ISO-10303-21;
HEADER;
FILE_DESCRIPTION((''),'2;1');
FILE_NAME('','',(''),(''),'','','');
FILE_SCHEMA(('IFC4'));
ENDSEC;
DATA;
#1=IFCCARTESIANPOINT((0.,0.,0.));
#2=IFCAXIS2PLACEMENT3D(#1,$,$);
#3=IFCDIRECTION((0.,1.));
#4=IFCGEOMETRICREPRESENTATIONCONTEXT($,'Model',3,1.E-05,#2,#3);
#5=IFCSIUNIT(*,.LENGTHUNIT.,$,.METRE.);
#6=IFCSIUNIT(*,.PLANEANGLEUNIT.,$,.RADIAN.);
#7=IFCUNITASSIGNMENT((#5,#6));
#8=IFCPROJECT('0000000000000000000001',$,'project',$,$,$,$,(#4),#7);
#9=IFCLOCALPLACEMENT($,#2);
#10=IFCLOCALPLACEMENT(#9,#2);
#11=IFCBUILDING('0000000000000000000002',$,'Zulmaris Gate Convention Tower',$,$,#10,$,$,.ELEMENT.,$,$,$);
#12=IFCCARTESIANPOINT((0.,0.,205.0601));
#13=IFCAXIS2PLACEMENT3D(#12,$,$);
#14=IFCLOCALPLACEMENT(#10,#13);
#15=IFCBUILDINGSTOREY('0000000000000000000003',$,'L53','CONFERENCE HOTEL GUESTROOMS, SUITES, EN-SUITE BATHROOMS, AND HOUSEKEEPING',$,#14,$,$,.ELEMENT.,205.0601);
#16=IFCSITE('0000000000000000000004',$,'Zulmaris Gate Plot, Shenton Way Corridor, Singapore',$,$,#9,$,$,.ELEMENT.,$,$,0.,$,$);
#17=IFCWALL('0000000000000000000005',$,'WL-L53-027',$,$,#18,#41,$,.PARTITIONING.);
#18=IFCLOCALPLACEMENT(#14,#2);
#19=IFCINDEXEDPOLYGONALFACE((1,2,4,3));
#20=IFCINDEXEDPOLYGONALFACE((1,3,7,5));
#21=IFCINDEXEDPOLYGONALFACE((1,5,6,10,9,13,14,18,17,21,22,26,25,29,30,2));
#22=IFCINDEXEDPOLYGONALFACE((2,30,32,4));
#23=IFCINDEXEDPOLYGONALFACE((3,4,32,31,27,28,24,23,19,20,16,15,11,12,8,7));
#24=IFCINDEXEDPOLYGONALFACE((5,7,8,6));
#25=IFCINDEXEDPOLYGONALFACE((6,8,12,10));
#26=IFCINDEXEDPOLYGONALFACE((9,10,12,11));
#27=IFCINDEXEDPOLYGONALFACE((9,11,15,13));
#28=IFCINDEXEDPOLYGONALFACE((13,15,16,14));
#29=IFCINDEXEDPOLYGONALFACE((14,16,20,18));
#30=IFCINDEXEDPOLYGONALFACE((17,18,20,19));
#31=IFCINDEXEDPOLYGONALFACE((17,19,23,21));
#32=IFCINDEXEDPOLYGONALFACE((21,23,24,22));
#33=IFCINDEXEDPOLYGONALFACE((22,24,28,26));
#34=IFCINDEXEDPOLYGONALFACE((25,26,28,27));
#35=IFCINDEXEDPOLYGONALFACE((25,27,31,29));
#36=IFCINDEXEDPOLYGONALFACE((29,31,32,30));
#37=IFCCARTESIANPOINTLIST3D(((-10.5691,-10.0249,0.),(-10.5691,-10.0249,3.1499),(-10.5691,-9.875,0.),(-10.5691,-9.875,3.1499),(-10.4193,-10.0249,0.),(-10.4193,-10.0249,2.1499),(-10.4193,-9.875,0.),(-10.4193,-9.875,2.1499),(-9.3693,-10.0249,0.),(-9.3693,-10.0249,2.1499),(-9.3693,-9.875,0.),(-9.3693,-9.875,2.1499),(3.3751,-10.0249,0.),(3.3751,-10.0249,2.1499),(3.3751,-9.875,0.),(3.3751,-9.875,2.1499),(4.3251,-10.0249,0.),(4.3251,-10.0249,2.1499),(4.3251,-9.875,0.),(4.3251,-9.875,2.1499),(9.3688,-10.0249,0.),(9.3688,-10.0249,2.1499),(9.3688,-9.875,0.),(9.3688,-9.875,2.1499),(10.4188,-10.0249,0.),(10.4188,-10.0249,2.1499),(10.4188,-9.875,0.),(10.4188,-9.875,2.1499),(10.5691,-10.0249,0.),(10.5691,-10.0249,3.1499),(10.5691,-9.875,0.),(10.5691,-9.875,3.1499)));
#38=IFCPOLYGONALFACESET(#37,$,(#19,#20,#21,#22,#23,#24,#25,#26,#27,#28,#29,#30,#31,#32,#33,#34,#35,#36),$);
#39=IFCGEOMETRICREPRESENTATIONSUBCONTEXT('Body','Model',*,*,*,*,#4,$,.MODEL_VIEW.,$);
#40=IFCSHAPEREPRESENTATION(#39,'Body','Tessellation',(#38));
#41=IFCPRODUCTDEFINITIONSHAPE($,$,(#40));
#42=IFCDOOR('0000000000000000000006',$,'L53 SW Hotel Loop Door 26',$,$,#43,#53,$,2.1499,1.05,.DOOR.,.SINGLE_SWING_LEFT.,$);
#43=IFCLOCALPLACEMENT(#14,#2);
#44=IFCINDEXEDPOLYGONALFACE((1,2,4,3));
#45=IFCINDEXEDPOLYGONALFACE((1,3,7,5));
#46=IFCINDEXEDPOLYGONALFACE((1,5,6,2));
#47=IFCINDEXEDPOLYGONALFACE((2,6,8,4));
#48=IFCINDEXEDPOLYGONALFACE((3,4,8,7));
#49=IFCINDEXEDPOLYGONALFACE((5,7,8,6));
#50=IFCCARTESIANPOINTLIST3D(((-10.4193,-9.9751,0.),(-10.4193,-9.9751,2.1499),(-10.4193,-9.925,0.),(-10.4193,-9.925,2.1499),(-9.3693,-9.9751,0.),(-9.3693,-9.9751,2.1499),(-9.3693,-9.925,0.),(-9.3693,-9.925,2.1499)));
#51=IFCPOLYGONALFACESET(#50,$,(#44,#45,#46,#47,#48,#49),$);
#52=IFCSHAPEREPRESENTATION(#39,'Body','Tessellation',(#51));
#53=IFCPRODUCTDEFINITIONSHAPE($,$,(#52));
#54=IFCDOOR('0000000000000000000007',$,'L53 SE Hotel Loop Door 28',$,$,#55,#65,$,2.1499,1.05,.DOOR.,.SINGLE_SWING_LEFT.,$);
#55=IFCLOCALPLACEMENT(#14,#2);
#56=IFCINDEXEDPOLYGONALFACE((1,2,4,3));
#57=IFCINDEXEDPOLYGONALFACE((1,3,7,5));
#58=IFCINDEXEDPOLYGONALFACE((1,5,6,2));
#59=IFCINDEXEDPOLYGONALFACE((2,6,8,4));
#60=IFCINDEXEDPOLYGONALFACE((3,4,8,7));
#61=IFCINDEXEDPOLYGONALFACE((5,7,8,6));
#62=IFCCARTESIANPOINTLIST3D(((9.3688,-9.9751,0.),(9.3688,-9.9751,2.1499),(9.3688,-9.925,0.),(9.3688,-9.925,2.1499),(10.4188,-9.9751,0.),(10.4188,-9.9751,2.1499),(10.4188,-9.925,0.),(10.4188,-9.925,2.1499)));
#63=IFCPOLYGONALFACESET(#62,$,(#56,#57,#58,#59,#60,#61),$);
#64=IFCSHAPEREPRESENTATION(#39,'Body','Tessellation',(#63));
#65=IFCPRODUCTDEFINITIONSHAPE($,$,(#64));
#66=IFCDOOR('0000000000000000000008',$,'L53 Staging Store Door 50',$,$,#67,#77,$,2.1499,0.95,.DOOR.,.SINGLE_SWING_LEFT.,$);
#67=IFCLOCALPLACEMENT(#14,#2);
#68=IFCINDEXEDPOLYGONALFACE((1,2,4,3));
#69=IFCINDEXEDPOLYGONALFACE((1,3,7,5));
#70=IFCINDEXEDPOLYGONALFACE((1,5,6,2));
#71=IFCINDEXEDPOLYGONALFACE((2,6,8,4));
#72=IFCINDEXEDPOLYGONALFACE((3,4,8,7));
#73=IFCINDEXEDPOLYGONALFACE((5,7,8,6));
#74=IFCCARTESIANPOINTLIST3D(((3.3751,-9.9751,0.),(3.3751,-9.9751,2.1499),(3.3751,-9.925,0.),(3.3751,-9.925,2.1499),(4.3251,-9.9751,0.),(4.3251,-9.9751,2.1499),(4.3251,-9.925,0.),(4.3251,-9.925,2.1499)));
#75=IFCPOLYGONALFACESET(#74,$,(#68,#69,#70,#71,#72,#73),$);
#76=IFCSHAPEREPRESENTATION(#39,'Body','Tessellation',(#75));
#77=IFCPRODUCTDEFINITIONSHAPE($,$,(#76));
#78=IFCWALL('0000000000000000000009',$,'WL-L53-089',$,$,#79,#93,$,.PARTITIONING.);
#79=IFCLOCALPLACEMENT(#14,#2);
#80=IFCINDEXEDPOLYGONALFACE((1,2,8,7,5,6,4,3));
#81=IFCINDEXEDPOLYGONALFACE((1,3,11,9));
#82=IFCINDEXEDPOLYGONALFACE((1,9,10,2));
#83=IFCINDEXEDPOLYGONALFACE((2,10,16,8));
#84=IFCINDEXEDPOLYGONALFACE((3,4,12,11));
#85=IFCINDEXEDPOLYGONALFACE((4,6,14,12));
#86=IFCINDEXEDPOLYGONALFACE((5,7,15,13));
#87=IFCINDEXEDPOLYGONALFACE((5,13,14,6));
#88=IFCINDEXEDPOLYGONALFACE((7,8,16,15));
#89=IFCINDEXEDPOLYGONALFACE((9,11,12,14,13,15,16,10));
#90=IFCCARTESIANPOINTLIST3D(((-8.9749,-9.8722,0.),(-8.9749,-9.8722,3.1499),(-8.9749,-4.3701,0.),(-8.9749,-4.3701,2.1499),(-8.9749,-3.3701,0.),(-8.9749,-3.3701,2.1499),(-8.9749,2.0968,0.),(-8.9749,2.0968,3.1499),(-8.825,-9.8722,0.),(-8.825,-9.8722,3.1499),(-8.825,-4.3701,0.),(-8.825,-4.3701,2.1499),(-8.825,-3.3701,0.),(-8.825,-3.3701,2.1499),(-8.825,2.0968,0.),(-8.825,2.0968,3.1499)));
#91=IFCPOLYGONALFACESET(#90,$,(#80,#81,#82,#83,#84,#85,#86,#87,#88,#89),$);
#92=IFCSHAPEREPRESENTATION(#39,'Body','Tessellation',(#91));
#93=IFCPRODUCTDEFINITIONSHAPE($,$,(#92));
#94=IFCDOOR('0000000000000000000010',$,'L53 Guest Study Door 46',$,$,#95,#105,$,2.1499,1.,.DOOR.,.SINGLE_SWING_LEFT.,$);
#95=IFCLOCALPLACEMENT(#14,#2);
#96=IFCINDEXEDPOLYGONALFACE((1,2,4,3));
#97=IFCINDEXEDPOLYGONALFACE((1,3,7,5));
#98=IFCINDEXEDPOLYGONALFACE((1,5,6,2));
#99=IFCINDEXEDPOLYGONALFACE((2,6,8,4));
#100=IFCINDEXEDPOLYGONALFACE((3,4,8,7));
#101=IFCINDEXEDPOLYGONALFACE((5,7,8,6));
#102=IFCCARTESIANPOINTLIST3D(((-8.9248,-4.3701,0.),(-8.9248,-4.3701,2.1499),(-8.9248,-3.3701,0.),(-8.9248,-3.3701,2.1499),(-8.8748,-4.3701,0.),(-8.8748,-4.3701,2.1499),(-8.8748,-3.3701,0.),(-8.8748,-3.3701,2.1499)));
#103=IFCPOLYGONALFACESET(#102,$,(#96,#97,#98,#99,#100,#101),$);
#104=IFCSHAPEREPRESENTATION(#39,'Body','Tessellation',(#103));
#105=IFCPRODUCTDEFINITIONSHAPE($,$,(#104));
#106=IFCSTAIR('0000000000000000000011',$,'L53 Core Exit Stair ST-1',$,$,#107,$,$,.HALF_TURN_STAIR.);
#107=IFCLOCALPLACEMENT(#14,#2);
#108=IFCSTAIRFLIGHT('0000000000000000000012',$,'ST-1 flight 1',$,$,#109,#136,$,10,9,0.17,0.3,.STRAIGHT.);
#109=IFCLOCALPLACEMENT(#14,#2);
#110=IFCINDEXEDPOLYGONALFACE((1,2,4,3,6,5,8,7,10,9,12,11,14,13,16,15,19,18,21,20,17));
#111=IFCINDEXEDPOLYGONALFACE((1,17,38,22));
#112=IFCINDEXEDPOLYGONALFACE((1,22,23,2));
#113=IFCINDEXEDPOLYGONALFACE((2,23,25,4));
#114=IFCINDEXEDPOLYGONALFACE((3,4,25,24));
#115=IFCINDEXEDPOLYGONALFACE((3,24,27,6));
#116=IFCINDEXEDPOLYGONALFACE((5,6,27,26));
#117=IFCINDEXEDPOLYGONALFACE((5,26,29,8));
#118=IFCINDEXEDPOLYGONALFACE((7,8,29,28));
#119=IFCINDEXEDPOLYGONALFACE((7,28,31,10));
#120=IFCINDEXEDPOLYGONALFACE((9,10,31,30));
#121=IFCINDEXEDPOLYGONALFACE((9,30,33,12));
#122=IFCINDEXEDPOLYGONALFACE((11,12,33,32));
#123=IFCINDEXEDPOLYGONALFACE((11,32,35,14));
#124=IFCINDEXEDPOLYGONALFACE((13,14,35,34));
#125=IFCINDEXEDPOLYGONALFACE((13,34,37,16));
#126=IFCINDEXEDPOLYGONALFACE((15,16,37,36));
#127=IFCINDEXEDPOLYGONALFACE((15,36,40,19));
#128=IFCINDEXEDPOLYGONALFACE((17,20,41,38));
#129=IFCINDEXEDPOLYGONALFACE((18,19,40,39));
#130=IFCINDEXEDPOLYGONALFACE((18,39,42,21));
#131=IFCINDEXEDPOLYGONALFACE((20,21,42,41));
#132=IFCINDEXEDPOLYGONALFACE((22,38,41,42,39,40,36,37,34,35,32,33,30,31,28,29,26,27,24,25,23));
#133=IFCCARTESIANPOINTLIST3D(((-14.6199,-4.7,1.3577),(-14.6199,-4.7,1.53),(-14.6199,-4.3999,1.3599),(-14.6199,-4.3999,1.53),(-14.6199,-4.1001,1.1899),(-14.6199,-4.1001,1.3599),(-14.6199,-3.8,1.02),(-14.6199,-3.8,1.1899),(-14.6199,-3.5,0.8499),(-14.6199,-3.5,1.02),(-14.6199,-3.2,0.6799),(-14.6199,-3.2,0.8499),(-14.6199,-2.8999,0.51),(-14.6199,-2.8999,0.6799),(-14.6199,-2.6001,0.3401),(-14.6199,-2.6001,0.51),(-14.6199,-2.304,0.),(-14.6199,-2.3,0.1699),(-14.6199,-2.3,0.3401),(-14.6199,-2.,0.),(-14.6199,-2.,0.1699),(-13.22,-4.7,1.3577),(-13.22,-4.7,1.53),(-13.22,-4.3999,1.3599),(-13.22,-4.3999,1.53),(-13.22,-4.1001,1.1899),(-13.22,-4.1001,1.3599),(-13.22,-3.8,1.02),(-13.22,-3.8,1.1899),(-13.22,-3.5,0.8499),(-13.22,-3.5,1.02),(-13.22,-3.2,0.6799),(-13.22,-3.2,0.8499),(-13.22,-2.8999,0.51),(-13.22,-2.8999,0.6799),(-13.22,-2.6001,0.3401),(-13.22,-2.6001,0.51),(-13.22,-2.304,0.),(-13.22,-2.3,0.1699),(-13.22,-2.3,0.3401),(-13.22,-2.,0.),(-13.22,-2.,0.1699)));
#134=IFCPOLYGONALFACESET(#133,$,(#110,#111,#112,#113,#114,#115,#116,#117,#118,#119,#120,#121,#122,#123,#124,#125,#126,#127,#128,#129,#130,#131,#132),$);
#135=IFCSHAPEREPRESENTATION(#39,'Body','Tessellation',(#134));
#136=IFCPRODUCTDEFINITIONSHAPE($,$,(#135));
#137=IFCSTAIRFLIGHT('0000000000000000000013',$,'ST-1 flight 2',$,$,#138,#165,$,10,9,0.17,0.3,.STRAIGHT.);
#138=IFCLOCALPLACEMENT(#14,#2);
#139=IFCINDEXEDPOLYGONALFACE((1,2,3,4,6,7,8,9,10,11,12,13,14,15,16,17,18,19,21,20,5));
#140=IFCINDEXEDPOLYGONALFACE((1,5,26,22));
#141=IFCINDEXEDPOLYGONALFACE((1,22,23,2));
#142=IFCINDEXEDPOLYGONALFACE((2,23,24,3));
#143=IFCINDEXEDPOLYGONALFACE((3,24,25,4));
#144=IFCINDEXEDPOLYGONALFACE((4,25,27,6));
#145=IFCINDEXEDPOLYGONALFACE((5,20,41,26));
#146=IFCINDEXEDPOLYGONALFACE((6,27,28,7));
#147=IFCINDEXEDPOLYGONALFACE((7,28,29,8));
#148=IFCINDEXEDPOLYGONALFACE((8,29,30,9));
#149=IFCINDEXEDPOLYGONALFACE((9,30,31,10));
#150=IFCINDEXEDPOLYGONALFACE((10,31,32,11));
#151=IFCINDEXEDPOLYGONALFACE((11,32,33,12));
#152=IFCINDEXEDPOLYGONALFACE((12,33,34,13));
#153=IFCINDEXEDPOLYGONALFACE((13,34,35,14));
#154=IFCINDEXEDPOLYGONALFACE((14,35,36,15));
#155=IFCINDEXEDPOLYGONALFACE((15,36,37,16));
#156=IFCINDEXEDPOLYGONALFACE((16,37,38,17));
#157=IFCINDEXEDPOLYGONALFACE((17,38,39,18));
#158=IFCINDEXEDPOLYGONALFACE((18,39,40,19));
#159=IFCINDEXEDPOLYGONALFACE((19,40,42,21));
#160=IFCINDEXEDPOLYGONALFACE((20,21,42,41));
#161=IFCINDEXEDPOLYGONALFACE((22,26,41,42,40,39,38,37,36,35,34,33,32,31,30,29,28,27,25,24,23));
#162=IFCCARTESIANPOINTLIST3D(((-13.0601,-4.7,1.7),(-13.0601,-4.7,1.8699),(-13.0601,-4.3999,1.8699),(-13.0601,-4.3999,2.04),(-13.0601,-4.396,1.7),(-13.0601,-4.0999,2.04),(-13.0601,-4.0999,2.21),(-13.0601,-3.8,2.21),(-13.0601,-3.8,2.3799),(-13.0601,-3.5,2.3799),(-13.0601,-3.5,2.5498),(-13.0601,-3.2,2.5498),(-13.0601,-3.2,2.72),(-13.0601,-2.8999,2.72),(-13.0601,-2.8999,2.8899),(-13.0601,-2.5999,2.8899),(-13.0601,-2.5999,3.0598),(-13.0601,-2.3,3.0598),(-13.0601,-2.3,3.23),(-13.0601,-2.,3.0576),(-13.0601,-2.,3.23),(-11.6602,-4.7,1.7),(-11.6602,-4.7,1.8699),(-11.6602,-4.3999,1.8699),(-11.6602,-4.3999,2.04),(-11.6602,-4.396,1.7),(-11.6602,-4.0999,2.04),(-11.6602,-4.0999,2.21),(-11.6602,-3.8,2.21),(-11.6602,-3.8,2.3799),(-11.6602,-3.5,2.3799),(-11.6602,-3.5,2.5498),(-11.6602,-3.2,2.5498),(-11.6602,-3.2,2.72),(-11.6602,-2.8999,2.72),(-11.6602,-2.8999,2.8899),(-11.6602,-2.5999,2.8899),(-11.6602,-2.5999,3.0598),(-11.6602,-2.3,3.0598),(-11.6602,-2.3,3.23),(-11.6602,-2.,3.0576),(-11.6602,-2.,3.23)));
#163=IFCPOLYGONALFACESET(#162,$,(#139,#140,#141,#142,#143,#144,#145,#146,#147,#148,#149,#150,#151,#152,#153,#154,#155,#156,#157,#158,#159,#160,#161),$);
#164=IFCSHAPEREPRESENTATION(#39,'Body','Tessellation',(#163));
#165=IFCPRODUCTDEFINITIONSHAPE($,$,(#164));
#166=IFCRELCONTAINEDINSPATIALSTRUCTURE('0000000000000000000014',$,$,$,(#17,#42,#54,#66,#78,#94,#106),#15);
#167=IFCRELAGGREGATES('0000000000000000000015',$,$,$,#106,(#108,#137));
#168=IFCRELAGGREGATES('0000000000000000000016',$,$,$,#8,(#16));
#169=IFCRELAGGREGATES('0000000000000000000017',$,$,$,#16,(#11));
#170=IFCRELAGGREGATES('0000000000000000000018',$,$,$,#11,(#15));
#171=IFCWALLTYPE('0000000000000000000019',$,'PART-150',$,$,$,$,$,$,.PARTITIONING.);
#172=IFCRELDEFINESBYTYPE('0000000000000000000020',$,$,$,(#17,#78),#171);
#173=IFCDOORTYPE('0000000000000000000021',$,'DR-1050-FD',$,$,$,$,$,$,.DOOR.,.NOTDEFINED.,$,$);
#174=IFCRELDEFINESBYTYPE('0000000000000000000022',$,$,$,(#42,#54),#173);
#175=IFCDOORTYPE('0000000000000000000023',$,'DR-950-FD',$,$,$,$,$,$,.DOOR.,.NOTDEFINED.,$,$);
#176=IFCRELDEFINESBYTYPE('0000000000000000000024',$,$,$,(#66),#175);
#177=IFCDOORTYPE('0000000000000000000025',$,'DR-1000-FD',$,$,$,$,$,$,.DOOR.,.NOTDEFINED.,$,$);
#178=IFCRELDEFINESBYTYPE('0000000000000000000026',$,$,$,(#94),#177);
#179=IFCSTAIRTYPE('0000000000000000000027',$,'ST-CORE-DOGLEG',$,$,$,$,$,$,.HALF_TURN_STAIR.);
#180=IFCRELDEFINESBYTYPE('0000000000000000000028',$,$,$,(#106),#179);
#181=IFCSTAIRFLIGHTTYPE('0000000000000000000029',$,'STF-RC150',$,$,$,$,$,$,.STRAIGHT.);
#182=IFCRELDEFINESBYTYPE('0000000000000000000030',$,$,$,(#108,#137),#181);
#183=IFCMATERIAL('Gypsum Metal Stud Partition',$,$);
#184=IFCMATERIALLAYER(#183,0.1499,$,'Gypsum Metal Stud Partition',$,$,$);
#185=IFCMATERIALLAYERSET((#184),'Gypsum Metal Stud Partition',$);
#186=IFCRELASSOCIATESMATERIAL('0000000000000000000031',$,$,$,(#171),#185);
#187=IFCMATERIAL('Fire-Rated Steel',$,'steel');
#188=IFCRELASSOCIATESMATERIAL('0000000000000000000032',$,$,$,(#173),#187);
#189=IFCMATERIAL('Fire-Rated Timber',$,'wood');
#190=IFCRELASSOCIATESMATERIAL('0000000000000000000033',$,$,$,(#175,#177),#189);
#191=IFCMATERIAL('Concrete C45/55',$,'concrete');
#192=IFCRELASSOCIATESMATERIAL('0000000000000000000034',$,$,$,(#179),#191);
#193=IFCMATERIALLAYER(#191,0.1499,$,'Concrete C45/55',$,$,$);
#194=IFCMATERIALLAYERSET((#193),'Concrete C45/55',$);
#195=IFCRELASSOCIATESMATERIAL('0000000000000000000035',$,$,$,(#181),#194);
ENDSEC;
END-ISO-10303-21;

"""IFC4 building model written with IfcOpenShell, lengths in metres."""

from ifc_helpers import new_model, si_unit, direction, frame, frame_2d, origin, place, context, subcontext, project, spatial, polyline, rectangle, outline, extrude, material, layer, layer_set, type_object, element, fill, aggregate, save


model = new_model("IFC4")

# Units and contexts
model_context = context("Model", 3, precision=1e-05, world=origin(), true_north=direction((0.0, 1.0)))
body_context = subcontext(model_context, "Body", "Model", "MODEL_VIEW")
ifc_project = project(units=[si_unit("LENGTHUNIT", "METRE"), si_unit("PLANEANGLEUNIT", "RADIAN")], contexts=[model_context])

# Site, building, storey
site_placement = place(None, origin())
site = spatial("IfcSite", under=ifc_project, at=site_placement, Name="Zulmaris Gate Plot, Shenton Way Corridor, Singapore", CompositionType="ELEMENT", RefElevation=0.0)
building_placement = place(site_placement, origin())
building = spatial("IfcBuilding", under=site, at=building_placement, Name="Zulmaris Gate Convention Tower", CompositionType="ELEMENT")
storey_placement = place(building_placement, frame((0.0, 0.0, 205.0601)))
storey = spatial("IfcBuildingStorey", under=building, at=storey_placement, Name="L53", Description="CONFERENCE HOTEL GUESTROOMS, SUITES, EN-SUITE BATHROOMS, AND HOUSEKEEPING", CompositionType="ELEMENT", Elevation=205.0601)

# Wall, openings, doors
ifc_material_1 = material(Name="Gypsum Metal Stud Partition")
ifc_layer_1 = layer(ifc_material_1, 0.1499, Name="Gypsum Metal Stud Partition")
ifc_layer_set_1 = layer_set([ifc_layer_1], Name="Gypsum Metal Stud Partition")
wall_type_1 = type_object("IfcWallType", Name="PART-150", PredefinedType="PARTITIONING", material=ifc_layer_set_1)
wall_1_placement = place(storey_placement, frame((-10.5691, -9.95, 0.0), z_axis=(0.0, 0.0, 1.0), x_axis=(1.0, 0.0, 0.0)))
wall_1 = element("IfcWall", 1, at=wall_1_placement, inside=storey, type_object=wall_type_1, Name="WL-L53-027", PredefinedType="PARTITIONING", context=body_context, shape_type="SweptSolid", body=[
    extrude(rectangle(XDim=21.1382, YDim=0.1499, at=frame_2d((10.5691, 0.0))), origin(), (0.0, 0.0, 1.0), 3.1499),
])
opening_1_placement = place(wall_1_placement, frame((0.1499, 0.0, 0.0)))
opening_1 = element("IfcOpeningElement", 2, at=opening_1_placement, cuts=wall_1, PredefinedType="OPENING", context=body_context, shape_type="SweptSolid", body=[
    extrude(rectangle(XDim=1.05, YDim=2.1499, at=frame_2d((0.5249, 1.075))), frame((0.0, 0.085, 0.0), z_axis=(0.0, -1.0, 0.0), x_axis=(1.0, 0.0, 0.0)), (0.0, 0.0, 1.0), 0.1699),
])
opening_2_placement = place(wall_1_placement, frame((19.938, 0.0, 0.0)))
opening_2 = element("IfcOpeningElement", 3, at=opening_2_placement, cuts=wall_1, PredefinedType="OPENING", context=body_context, shape_type="SweptSolid", body=[
    extrude(rectangle(XDim=1.05, YDim=2.1499, at=frame_2d((0.5249, 1.075))), frame((0.0, 0.085, 0.0), z_axis=(0.0, -1.0, 0.0), x_axis=(1.0, 0.0, 0.0)), (0.0, 0.0, 1.0), 0.1699),
])
opening_3_placement = place(wall_1_placement, frame((13.9441, 0.0, 0.0)))
opening_3 = element("IfcOpeningElement", 4, at=opening_3_placement, cuts=wall_1, PredefinedType="OPENING", context=body_context, shape_type="SweptSolid", body=[
    extrude(rectangle(XDim=0.95, YDim=2.1499, at=frame_2d((0.4751, 1.075))), frame((0.0, 0.085, 0.0), z_axis=(0.0, -1.0, 0.0), x_axis=(1.0, 0.0, 0.0)), (0.0, 0.0, 1.0), 0.1699),
])
ifc_material_2 = material(Name="Fire-Rated Steel", Category="steel")
door_type_1 = type_object("IfcDoorType", Name="DR-1050-FD", OperationType="NOTDEFINED", PredefinedType="DOOR", material=ifc_material_2)
door_1_placement = place(opening_1_placement, origin())
door_1 = element("IfcDoor", 5, at=door_1_placement, inside=storey, type_object=door_type_1, Name="L53 SW Hotel Loop Door 26", OperationType="SINGLE_SWING_LEFT", OverallHeight=2.1499, OverallWidth=1.05, PredefinedType="DOOR", context=body_context, shape_type="SweptSolid", body=[
    extrude(rectangle(XDim=1.05, YDim=2.1499, at=frame_2d((0.5249, 1.075))), frame((0.0, 0.0249, 0.0), z_axis=(0.0, -1.0, 0.0), x_axis=(1.0, 0.0, 0.0)), (0.0, 0.0, 1.0), 0.05),
])
fill(opening_1, door_1)
door_2_placement = place(opening_2_placement, origin())
door_2 = element("IfcDoor", 6, at=door_2_placement, inside=storey, type_object=door_type_1, Name="L53 SE Hotel Loop Door 28", OperationType="SINGLE_SWING_LEFT", OverallHeight=2.1499, OverallWidth=1.05, PredefinedType="DOOR", context=body_context, shape_type="SweptSolid", body=[
    extrude(rectangle(XDim=1.05, YDim=2.1499, at=frame_2d((0.5249, 1.075))), frame((0.0, 0.0249, 0.0), z_axis=(0.0, -1.0, 0.0), x_axis=(1.0, 0.0, 0.0)), (0.0, 0.0, 1.0), 0.05),
])
fill(opening_2, door_2)
ifc_material_3 = material(Name="Fire-Rated Timber", Category="wood")
door_type_2 = type_object("IfcDoorType", Name="DR-950-FD", OperationType="NOTDEFINED", PredefinedType="DOOR", material=ifc_material_3)
door_3_placement = place(opening_3_placement, origin())
door_3 = element("IfcDoor", 7, at=door_3_placement, inside=storey, type_object=door_type_2, Name="L53 Staging Store Door 50", OperationType="SINGLE_SWING_LEFT", OverallHeight=2.1499, OverallWidth=0.95, PredefinedType="DOOR", context=body_context, shape_type="SweptSolid", body=[
    extrude(rectangle(XDim=0.95, YDim=2.1499, at=frame_2d((0.4751, 1.075))), frame((0.0, 0.0249, 0.0), z_axis=(0.0, -1.0, 0.0), x_axis=(1.0, 0.0, 0.0)), (0.0, 0.0, 1.0), 0.05),
])
fill(opening_3, door_3)

# Wall, opening, door
wall_2_placement = place(storey_placement, frame((-8.8999, -9.8721, 0.0), z_axis=(0.0, 0.0, 1.0), x_axis=(0.0, 1.0, 0.0)))
wall_2 = element("IfcWall", 8, at=wall_2_placement, inside=storey, type_object=wall_type_1, Name="WL-L53-089", PredefinedType="PARTITIONING", context=body_context, shape_type="SweptSolid", body=[
    extrude(rectangle(XDim=11.969, YDim=0.1499, at=frame_2d((5.9844, 0.0))), origin(), (0.0, 0.0, 1.0), 3.1499),
])
opening_4_placement = place(wall_2_placement, frame((5.502, 0.0, 0.0)))
opening_4 = element("IfcOpeningElement", 9, at=opening_4_placement, cuts=wall_2, PredefinedType="OPENING", context=body_context, shape_type="SweptSolid", body=[
    extrude(rectangle(XDim=1.0, YDim=2.1499, at=frame_2d((0.5, 1.075))), frame((0.0, 0.085, 0.0), z_axis=(0.0, -1.0, 0.0), x_axis=(1.0, 0.0, 0.0)), (0.0, 0.0, 1.0), 0.1699),
])
door_type_3 = type_object("IfcDoorType", Name="DR-1000-FD", OperationType="NOTDEFINED", PredefinedType="DOOR", material=ifc_material_3)
door_4_placement = place(opening_4_placement, origin())
door_4 = element("IfcDoor", 10, at=door_4_placement, inside=storey, type_object=door_type_3, Name="L53 Guest Study Door 46", OperationType="SINGLE_SWING_LEFT", OverallHeight=2.1499, OverallWidth=1.0, PredefinedType="DOOR", context=body_context, shape_type="SweptSolid", body=[
    extrude(rectangle(XDim=1.0, YDim=2.1499, at=frame_2d((0.5, 1.075))), frame((0.0, 0.0249, 0.0), z_axis=(0.0, -1.0, 0.0), x_axis=(1.0, 0.0, 0.0)), (0.0, 0.0, 1.0), 0.05),
])
fill(opening_4, door_4)

# Stair, stair flights
ifc_material_4 = material(Name="Concrete C45/55", Category="concrete")
stair_type = type_object("IfcStairType", Name="ST-CORE-DOGLEG", PredefinedType="HALF_TURN_STAIR", material=ifc_material_4)
stair_1_placement = place(storey_placement, origin())
stair_1 = element("IfcStair", 11, at=stair_1_placement, inside=storey, type_object=stair_type, Name="L53 Core Exit Stair ST-1", PredefinedType="HALF_TURN_STAIR")
ifc_layer_2 = layer(ifc_material_4, 0.1499, Name="Concrete C45/55")
ifc_layer_set_2 = layer_set([ifc_layer_2], Name="Concrete C45/55")
stair_flight_type = type_object("IfcStairFlightType", Name="STF-RC150", PredefinedType="STRAIGHT", material=ifc_layer_set_2)
stair_flight_1_placement = place(storey_placement, frame((-13.9199, -2.0, 0.0), z_axis=(0.0, 0.0, 1.0), x_axis=(0.0, -1.0, 0.0)))
stair_flight_1 = element("IfcStairFlight", 12, at=stair_flight_1_placement, type_object=stair_flight_type, Name="ST-1 flight 1", NumberOfRisers=10, NumberOfTreads=9, PredefinedType="STRAIGHT", RiserHeight=0.17, TreadLength=0.3, context=body_context, shape_type="SweptSolid", body=[
    extrude(outline(polyline([(0.0, 0.0), (0.0, 0.1699), (0.3, 0.1699), (0.3, 0.3401), (0.6001, 0.3401), (0.6001, 0.51), (0.8999, 0.51), (0.8999, 0.6799), (1.2, 0.6799), (1.2, 0.8499), (1.5, 0.8499), (1.5, 1.02), (1.8, 1.02), (1.8, 1.1899), (2.1001, 1.1899), (2.1001, 1.3599), (2.3999, 1.3599), (2.3999, 1.53), (2.7, 1.53), (2.7, 1.7), (2.7, 1.3577), (0.304, 0.0), (0.0, 0.0)])), frame((0.0, 0.7, 0.0), z_axis=(0.0, -1.0, 0.0), x_axis=(1.0, 0.0, 0.0)), (0.0, 0.0, 1.0), 1.3999),
])
stair_flight_2_placement = place(storey_placement, frame((-12.3601, -4.7, 1.7), z_axis=(0.0, 0.0, 1.0), x_axis=(0.0, 1.0, 0.0)))
stair_flight_2 = element("IfcStairFlight", 13, at=stair_flight_2_placement, type_object=stair_flight_type, Name="ST-1 flight 2", NumberOfRisers=10, NumberOfTreads=9, PredefinedType="STRAIGHT", RiserHeight=0.17, TreadLength=0.3, context=body_context, shape_type="SweptSolid", body=[
    extrude(outline(polyline([(0.0, 0.0), (0.0, 0.1699), (0.3, 0.1699), (0.3, 0.3401), (0.6001, 0.3401), (0.6001, 0.51), (0.8999, 0.51), (0.8999, 0.6799), (1.2, 0.6799), (1.2, 0.8499), (1.5, 0.8499), (1.5, 1.02), (1.8, 1.02), (1.8, 1.1899), (2.1001, 1.1899), (2.1001, 1.3599), (2.3999, 1.3599), (2.3999, 1.53), (2.7, 1.53), (2.7, 1.7), (2.7, 1.3577), (0.304, 0.0), (0.0, 0.0)])), frame((0.0, 0.7, 0.0), z_axis=(0.0, -1.0, 0.0), x_axis=(1.0, 0.0, 0.0)), (0.0, 0.0, 1.0), 1.3999),
])
aggregate(stair_1, [stair_flight_1, stair_flight_2])

save(model, "model.ifc")
